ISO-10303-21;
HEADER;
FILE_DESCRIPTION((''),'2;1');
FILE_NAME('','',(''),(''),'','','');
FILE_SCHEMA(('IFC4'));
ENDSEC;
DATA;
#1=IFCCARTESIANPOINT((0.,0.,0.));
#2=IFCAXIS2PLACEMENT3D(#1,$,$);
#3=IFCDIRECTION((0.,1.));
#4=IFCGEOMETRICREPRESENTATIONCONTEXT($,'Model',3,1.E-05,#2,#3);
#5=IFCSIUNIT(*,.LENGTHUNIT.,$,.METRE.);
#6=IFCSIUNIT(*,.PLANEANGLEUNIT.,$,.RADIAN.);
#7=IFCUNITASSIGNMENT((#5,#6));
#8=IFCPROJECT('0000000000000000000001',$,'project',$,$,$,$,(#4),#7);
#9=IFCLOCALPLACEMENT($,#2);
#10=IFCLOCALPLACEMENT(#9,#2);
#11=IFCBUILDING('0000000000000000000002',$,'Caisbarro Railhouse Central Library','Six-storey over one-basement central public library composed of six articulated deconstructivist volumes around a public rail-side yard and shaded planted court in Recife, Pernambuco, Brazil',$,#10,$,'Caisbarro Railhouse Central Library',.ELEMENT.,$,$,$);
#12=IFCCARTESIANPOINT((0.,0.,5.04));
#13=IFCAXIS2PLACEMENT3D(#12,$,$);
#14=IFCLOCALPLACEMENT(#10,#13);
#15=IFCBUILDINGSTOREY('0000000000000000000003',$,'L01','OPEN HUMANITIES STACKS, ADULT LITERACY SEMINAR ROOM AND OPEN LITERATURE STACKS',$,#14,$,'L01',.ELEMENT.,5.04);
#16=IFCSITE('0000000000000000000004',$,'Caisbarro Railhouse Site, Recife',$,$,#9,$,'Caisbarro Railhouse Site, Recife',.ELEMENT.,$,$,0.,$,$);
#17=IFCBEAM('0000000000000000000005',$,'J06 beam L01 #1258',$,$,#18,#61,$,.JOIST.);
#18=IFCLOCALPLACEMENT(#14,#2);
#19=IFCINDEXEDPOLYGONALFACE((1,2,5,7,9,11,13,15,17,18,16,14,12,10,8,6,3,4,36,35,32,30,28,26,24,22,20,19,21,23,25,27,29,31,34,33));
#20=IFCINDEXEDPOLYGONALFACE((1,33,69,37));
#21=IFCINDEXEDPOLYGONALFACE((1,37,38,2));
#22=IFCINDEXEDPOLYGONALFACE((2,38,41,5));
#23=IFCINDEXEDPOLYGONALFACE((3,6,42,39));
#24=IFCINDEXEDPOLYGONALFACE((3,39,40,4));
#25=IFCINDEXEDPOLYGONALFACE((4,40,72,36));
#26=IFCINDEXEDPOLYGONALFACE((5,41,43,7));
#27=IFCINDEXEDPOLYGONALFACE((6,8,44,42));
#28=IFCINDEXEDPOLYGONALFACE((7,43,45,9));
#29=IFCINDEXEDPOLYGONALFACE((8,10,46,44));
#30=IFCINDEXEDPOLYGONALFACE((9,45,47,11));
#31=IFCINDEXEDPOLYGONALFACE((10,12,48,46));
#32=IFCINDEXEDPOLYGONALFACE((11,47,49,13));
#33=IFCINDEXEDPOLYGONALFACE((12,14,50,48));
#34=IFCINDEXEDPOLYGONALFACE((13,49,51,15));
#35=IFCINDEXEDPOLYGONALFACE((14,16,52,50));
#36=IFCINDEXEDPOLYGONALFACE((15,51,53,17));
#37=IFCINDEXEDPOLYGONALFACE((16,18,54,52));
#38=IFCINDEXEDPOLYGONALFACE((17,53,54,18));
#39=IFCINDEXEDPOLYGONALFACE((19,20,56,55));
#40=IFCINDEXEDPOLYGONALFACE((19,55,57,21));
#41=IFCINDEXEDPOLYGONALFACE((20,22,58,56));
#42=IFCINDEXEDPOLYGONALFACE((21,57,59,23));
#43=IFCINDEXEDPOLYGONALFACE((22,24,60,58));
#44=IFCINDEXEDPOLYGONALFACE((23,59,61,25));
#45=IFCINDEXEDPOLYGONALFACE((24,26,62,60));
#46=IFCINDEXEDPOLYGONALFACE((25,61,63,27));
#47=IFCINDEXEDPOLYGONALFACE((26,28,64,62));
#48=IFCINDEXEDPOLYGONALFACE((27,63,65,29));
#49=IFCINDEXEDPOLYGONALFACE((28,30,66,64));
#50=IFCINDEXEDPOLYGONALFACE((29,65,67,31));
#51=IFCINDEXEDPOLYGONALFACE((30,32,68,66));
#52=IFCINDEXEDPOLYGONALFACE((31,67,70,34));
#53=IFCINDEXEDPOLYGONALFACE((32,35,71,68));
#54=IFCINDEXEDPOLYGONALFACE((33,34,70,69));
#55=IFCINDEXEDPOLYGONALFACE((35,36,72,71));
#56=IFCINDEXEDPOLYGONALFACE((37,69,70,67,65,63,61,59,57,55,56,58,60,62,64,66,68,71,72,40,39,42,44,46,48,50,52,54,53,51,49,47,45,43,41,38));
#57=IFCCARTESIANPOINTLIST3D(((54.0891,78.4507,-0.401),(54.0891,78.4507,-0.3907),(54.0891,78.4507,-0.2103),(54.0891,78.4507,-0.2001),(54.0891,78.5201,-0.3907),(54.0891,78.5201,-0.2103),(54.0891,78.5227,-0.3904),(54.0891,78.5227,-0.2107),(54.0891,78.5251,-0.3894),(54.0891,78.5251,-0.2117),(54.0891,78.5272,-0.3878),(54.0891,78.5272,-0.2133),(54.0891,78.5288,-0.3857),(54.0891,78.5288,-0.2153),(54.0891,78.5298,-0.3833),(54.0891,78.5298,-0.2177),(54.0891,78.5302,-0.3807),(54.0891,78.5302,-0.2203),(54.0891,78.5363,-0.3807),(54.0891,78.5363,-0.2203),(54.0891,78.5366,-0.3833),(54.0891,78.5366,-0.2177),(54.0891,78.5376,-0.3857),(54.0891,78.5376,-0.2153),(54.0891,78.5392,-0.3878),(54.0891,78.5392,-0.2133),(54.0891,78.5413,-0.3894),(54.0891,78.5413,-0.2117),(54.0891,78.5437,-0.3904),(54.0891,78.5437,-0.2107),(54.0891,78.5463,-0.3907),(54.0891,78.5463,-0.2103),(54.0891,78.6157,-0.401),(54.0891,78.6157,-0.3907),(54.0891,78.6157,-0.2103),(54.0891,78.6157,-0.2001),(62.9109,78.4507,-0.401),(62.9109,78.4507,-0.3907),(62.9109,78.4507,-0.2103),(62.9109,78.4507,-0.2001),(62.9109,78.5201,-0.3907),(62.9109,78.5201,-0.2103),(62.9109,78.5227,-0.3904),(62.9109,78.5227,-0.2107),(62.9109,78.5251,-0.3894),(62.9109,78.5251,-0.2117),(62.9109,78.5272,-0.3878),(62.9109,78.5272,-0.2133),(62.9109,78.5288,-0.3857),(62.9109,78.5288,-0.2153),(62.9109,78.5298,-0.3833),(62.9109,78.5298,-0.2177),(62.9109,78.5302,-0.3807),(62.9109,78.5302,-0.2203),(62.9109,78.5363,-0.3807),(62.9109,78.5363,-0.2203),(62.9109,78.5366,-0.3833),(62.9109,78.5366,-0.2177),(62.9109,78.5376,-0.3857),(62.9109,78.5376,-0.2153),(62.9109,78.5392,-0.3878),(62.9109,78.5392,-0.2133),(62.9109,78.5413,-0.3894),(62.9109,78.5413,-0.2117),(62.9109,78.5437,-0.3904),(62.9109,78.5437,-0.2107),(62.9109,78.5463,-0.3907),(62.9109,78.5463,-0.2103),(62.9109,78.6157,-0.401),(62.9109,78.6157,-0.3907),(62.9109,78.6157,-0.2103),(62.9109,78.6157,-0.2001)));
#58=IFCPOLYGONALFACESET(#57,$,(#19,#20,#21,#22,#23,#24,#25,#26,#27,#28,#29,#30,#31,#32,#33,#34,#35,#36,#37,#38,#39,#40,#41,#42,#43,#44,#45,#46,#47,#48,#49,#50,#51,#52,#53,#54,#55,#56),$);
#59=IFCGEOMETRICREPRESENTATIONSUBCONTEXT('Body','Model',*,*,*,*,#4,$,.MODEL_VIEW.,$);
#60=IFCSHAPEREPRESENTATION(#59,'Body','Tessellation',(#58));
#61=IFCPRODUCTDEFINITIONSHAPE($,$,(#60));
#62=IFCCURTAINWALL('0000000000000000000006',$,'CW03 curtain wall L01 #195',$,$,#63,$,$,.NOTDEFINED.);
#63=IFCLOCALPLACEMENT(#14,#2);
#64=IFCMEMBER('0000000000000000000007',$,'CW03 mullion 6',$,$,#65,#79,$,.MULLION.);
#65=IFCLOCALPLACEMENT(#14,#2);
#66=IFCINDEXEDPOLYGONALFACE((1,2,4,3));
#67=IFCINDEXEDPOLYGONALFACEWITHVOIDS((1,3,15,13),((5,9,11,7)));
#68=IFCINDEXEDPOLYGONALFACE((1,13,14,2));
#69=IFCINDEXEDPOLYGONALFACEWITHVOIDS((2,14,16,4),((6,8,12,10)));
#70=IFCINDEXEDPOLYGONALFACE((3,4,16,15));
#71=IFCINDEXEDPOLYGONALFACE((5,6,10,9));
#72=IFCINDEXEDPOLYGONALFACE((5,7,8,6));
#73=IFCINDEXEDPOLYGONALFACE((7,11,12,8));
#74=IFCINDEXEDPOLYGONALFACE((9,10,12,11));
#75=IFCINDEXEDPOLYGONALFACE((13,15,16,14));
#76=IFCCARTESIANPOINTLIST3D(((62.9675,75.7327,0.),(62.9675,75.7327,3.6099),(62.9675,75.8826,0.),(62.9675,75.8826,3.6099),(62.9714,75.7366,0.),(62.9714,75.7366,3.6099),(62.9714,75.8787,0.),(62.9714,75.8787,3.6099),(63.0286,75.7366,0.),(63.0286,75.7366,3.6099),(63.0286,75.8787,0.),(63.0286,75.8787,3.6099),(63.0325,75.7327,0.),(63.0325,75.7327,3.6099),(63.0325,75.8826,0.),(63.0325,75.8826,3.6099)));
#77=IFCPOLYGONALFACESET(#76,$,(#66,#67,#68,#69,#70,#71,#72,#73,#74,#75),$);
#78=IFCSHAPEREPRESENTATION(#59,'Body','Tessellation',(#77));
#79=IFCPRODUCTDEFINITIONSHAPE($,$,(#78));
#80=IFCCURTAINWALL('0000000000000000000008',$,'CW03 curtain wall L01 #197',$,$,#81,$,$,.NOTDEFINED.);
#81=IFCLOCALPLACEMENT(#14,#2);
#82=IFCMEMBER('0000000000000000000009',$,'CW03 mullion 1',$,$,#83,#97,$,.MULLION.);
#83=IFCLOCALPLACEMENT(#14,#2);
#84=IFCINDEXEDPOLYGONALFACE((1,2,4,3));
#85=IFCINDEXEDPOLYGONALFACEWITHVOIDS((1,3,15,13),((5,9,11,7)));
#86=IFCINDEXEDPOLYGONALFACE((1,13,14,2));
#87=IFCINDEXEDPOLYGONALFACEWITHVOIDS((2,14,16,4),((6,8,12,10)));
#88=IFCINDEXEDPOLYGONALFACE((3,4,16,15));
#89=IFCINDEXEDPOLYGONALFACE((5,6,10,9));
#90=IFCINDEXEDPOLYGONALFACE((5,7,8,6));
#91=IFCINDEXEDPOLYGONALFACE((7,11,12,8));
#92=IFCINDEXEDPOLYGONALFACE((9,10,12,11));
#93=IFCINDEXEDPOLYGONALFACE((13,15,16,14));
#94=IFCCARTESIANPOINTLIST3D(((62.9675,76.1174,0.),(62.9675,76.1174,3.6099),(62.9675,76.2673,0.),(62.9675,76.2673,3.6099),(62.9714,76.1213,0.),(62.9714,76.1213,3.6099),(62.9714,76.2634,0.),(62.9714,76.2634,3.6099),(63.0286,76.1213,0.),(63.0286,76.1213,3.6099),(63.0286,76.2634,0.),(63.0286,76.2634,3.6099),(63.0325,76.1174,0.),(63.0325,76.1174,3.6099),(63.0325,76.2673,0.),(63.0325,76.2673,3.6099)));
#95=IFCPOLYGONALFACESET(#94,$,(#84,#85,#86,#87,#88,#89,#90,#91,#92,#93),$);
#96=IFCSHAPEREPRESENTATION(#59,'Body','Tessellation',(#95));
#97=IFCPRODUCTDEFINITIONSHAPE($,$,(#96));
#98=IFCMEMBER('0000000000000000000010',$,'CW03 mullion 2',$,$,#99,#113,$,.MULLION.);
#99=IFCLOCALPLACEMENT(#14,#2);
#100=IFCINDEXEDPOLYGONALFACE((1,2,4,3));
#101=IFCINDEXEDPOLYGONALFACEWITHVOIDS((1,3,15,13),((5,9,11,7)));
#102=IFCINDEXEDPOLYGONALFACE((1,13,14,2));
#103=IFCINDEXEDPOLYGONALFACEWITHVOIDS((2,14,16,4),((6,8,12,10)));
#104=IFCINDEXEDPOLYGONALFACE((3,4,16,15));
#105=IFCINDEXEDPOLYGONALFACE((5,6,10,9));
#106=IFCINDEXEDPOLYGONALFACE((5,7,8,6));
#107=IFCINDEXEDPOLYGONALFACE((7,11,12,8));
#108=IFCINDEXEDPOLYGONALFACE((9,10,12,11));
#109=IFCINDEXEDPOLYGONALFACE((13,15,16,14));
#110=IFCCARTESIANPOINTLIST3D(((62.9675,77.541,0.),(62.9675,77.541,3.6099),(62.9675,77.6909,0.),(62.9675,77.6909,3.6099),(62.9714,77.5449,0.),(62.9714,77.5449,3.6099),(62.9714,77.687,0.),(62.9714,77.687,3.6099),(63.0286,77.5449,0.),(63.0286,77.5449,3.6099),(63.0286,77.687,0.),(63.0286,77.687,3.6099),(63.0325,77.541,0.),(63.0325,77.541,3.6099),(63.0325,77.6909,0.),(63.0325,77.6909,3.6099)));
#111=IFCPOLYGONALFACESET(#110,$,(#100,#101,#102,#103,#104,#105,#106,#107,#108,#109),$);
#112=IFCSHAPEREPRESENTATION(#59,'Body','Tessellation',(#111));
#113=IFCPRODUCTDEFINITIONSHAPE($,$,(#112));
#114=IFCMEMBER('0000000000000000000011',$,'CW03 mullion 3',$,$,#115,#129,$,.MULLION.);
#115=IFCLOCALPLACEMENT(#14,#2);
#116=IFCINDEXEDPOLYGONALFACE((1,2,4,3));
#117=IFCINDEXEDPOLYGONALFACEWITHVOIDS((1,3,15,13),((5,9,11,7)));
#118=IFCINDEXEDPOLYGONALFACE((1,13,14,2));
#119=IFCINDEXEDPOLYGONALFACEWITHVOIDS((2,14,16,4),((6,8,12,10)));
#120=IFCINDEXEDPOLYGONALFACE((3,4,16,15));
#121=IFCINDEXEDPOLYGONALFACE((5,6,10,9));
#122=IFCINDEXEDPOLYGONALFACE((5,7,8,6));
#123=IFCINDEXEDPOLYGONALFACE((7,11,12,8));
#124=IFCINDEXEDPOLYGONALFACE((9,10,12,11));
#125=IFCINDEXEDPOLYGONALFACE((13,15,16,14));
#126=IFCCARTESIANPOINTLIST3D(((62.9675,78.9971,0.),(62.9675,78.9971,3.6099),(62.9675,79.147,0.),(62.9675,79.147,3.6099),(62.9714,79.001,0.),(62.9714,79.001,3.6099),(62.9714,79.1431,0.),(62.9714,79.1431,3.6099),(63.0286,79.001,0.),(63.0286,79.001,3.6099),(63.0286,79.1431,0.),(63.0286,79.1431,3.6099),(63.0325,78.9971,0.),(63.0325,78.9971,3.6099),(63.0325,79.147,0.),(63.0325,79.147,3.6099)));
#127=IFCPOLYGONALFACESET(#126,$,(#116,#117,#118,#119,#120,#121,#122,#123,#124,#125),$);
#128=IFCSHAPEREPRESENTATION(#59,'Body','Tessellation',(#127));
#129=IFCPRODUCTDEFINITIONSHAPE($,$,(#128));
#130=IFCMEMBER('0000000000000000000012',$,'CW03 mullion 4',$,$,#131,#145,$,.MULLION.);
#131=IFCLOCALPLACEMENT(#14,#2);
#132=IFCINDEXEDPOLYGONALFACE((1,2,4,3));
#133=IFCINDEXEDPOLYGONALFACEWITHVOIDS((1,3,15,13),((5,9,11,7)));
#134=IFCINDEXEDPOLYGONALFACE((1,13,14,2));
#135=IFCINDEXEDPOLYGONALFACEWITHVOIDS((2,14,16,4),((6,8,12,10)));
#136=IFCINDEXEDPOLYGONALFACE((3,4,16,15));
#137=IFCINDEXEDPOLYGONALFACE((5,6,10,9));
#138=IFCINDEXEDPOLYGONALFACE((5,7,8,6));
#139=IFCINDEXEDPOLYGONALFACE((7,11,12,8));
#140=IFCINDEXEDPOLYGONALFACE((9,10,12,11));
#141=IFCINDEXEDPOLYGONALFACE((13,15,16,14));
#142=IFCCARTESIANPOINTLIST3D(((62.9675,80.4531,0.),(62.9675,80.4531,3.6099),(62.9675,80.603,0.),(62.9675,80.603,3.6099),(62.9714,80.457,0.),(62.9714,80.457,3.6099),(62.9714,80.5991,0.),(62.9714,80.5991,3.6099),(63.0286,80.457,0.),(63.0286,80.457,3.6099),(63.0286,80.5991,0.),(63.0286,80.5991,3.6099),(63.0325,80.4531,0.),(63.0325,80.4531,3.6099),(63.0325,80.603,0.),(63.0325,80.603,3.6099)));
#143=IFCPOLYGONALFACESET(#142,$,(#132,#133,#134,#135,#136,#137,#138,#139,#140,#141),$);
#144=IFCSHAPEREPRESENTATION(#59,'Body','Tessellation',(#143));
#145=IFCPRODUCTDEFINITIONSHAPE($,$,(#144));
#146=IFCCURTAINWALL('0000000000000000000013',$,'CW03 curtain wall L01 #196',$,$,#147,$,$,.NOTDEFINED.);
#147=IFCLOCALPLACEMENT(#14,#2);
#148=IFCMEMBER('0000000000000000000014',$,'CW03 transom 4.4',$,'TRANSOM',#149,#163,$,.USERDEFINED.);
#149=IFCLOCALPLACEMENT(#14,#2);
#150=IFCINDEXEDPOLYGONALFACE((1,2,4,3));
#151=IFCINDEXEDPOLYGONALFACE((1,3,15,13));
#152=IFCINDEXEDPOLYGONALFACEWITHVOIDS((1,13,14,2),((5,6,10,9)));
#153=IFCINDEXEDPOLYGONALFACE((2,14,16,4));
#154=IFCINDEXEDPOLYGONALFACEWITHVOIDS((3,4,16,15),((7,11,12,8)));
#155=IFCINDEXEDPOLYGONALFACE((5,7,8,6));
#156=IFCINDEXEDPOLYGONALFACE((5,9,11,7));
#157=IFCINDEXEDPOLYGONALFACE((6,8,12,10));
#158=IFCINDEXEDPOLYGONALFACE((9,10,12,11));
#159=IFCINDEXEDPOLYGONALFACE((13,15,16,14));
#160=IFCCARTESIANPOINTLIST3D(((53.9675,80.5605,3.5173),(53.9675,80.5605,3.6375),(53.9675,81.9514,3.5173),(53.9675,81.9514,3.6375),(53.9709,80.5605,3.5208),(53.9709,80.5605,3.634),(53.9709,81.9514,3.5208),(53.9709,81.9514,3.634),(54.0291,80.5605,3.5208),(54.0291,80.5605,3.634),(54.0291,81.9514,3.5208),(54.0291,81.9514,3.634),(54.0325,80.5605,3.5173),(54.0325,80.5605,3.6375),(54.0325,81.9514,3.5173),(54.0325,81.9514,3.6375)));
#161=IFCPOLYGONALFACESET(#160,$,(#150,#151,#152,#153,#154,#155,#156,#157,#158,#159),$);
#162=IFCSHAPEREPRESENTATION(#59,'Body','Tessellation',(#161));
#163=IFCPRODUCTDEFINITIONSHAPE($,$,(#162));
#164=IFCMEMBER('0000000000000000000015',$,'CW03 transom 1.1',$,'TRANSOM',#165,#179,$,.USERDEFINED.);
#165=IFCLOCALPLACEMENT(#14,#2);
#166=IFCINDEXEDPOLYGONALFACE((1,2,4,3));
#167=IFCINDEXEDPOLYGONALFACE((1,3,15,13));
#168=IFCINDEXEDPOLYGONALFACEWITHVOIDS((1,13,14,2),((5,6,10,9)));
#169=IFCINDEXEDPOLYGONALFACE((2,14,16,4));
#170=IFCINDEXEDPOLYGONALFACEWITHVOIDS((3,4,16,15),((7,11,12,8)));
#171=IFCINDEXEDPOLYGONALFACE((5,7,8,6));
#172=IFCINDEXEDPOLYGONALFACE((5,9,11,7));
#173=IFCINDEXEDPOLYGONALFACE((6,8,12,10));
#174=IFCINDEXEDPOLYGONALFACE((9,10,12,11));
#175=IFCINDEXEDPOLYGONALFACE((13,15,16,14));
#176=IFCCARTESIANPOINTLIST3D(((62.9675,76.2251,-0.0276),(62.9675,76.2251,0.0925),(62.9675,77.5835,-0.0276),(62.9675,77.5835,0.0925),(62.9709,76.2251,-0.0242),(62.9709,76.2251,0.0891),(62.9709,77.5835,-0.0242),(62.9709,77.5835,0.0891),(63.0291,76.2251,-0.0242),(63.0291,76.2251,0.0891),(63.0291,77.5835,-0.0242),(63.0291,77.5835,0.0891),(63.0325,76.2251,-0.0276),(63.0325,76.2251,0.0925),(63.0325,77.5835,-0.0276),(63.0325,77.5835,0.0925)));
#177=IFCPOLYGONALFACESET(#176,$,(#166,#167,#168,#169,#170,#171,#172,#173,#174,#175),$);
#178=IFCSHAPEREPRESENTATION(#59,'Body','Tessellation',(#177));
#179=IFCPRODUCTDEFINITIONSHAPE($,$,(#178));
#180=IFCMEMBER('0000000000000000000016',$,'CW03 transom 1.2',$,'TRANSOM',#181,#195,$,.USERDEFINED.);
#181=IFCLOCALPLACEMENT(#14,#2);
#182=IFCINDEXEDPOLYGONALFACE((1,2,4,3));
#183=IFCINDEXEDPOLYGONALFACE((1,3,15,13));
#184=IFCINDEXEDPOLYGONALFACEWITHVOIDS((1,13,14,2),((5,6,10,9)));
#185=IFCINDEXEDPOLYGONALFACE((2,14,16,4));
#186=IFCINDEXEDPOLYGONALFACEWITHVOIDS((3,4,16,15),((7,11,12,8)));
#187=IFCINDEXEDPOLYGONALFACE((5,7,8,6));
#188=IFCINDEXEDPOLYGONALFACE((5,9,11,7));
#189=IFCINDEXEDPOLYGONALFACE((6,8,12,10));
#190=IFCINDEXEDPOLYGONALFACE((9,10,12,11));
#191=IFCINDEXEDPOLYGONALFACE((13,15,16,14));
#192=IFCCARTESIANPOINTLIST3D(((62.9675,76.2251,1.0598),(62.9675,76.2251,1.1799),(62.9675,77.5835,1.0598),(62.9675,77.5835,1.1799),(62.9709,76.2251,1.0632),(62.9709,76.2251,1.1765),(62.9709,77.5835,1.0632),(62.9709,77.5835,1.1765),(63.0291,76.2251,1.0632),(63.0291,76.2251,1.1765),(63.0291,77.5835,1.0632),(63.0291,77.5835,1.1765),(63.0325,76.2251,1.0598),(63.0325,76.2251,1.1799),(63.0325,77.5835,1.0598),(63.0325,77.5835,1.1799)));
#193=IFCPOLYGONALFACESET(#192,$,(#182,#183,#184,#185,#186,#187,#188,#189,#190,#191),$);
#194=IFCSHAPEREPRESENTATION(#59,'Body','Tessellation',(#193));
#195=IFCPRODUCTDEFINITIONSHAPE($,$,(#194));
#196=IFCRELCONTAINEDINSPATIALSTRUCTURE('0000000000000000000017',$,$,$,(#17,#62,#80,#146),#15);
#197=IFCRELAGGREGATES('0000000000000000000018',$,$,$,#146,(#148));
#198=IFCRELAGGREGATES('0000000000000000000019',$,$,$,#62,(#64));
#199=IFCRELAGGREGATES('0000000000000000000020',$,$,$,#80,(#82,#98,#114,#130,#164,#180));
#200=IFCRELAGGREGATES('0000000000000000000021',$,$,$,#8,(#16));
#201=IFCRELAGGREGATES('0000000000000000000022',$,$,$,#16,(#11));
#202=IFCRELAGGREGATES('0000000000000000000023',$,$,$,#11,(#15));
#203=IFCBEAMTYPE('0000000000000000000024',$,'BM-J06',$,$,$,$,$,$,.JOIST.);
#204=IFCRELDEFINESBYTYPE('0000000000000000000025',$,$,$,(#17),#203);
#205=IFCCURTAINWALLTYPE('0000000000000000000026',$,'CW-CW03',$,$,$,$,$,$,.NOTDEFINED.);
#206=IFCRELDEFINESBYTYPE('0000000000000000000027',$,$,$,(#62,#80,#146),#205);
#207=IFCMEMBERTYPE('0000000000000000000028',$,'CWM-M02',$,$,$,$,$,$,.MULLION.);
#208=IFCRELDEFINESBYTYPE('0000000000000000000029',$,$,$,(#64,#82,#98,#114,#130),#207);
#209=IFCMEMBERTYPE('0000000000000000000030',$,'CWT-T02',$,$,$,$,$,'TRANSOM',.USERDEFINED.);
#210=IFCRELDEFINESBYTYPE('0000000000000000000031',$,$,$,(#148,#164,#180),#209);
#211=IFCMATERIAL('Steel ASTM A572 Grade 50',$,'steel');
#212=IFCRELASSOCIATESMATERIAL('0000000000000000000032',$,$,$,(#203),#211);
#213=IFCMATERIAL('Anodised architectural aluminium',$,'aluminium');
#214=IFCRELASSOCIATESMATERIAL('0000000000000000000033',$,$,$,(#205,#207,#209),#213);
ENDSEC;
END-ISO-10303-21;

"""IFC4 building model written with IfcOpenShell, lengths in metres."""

from ifc_helpers import new_model, si_unit, direction, frame, origin, origin_2d, place, context, subcontext, project, spatial, hollow_rectangle, i_section, extrude, material, material_profile, profile_set, type_object, element, aggregate, save


model = new_model("IFC4")

# Units and contexts
model_context = context("Model", 3, precision=1e-05, world=origin(), true_north=direction((0.0, 1.0)))
body_context = subcontext(model_context, "Body", "Model", "MODEL_VIEW")
ifc_project = project(units=[si_unit("LENGTHUNIT", "METRE"), si_unit("PLANEANGLEUNIT", "RADIAN")], contexts=[model_context])

# Site, building, storey
site_placement = place(None, origin())
site = spatial("IfcSite", under=ifc_project, at=site_placement, Name="Caisbarro Railhouse Site, Recife", LongName="Caisbarro Railhouse Site, Recife", CompositionType="ELEMENT", RefElevation=0.0)
building_placement = place(site_placement, origin())
building = spatial("IfcBuilding", under=site, at=building_placement, Name="Caisbarro Railhouse Central Library", Description="Six-storey over one-basement central public library composed of six articulated deconstructivist volumes around a public rail-side yard and shaded planted court in Recife, Pernambuco, Brazil", LongName="Caisbarro Railhouse Central Library", CompositionType="ELEMENT")
storey_placement = place(building_placement, frame((0.0, 0.0, 5.04)))
storey = spatial("IfcBuildingStorey", under=building, at=storey_placement, Name="L01", Description="OPEN HUMANITIES STACKS, ADULT LITERACY SEMINAR ROOM AND OPEN LITERATURE STACKS", LongName="L01", CompositionType="ELEMENT", Elevation=5.04)

# Shared definitions
ifc_material_1 = material(Name="Steel ASTM A572 Grade 50", Category="steel")

# Beam
ifc_material_profile_1 = material_profile(ifc_material_1, i_section(OverallWidth=0.165, OverallDepth=0.2009, WebThickness=0.0061, FlangeThickness=0.0103, FilletRadius=0.01, at=origin_2d()), Name="W200X35.9")
ifc_profile_set_1 = profile_set([ifc_material_profile_1], Name="Steel ASTM A572 Grade 50")
beam_type_1 = type_object("IfcBeamType", Name="BM-J06", PredefinedType="JOIST", material=ifc_profile_set_1)
beam_1_placement = place(storey_placement, frame((54.0891, 78.5332, -0.3005), z_axis=(1.0, 0.0, 0.0), x_axis=(0.0, 1.0, 0.0)))
element("IfcBeam", 1, at=beam_1_placement, inside=storey, type_object=beam_type_1, Name="J06 beam L01 #1258", PredefinedType="JOIST", context=body_context, shape_type="SweptSolid", body=[
    extrude(i_section(OverallWidth=0.165, OverallDepth=0.2009, WebThickness=0.0061, FlangeThickness=0.0103, FilletRadius=0.01, at=origin_2d()), origin(), (0.0, 0.0, 1.0), 8.8218),
])

# Curtain wall, member
ifc_material_2 = material(Name="Anodised architectural aluminium", Category="aluminium")
curtain_wall_type = type_object("IfcCurtainWallType", Name="CW-CW03", PredefinedType="NOTDEFINED", material=ifc_material_2)
curtain_wall_1_placement = place(storey_placement, origin())
curtain_wall_1 = element("IfcCurtainWall", 2, at=curtain_wall_1_placement, inside=storey, type_object=curtain_wall_type, Name="CW03 curtain wall L01 #195", PredefinedType="NOTDEFINED")
ifc_material_profile_2 = material_profile(ifc_material_2, hollow_rectangle(XDim=0.0649, YDim=0.1499, WallThickness=0.0039, at=origin_2d()), Name="ALU-MUL-65X150")
ifc_profile_set_2 = profile_set([ifc_material_profile_2], Name="Anodised architectural aluminium")
member_type_1 = type_object("IfcMemberType", Name="CWM-M02", PredefinedType="MULLION", material=ifc_profile_set_2)
member_1_placement = place(storey_placement, frame((63.0, 75.8076, 0.0), z_axis=(0.0, 0.0, 1.0), x_axis=(-1.0, 0.0, 0.0)))
member_1 = element("IfcMember", 3, at=member_1_placement, type_object=member_type_1, Name="CW03 mullion 6", PredefinedType="MULLION", context=body_context, shape_type="SweptSolid", body=[
    extrude(hollow_rectangle(XDim=0.0649, YDim=0.1499, WallThickness=0.0039, at=origin_2d()), origin(), (0.0, 0.0, 1.0), 3.6099),
])

# Curtain wall, members
curtain_wall_2_placement = place(storey_placement, origin())
curtain_wall_2 = element("IfcCurtainWall", 4, at=curtain_wall_2_placement, inside=storey, type_object=curtain_wall_type, Name="CW03 curtain wall L01 #197", PredefinedType="NOTDEFINED")
member_2_placement = place(storey_placement, frame((63.0, 76.1924, 0.0), z_axis=(0.0, 0.0, 1.0), x_axis=(-1.0, 0.0, 0.0)))
member_2 = element("IfcMember", 5, at=member_2_placement, type_object=member_type_1, Name="CW03 mullion 1", PredefinedType="MULLION", context=body_context, shape_type="SweptSolid", body=[
    extrude(hollow_rectangle(XDim=0.0649, YDim=0.1499, WallThickness=0.0039, at=origin_2d()), origin(), (0.0, 0.0, 1.0), 3.6099),
])
member_3_placement = place(storey_placement, frame((63.0, 77.616, 0.0), z_axis=(0.0, 0.0, 1.0), x_axis=(-1.0, 0.0, 0.0)))
member_3 = element("IfcMember", 6, at=member_3_placement, type_object=member_type_1, Name="CW03 mullion 2", PredefinedType="MULLION", context=body_context, shape_type="SweptSolid", body=[
    extrude(hollow_rectangle(XDim=0.0649, YDim=0.1499, WallThickness=0.0039, at=origin_2d()), origin(), (0.0, 0.0, 1.0), 3.6099),
])
member_4_placement = place(storey_placement, frame((63.0, 79.072, 0.0), z_axis=(0.0, 0.0, 1.0), x_axis=(-1.0, 0.0, 0.0)))
member_4 = element("IfcMember", 7, at=member_4_placement, type_object=member_type_1, Name="CW03 mullion 3", PredefinedType="MULLION", context=body_context, shape_type="SweptSolid", body=[
    extrude(hollow_rectangle(XDim=0.0649, YDim=0.1499, WallThickness=0.0039, at=origin_2d()), origin(), (0.0, 0.0, 1.0), 3.6099),
])
member_5_placement = place(storey_placement, frame((63.0, 80.5281, 0.0), z_axis=(0.0, 0.0, 1.0), x_axis=(-1.0, 0.0, 0.0)))
member_5 = element("IfcMember", 8, at=member_5_placement, type_object=member_type_1, Name="CW03 mullion 4", PredefinedType="MULLION", context=body_context, shape_type="SweptSolid", body=[
    extrude(hollow_rectangle(XDim=0.0649, YDim=0.1499, WallThickness=0.0039, at=origin_2d()), origin(), (0.0, 0.0, 1.0), 3.6099),
])

# Curtain wall, member
curtain_wall_3_placement = place(storey_placement, origin())
curtain_wall_3 = element("IfcCurtainWall", 9, at=curtain_wall_3_placement, inside=storey, type_object=curtain_wall_type, Name="CW03 curtain wall L01 #196", PredefinedType="NOTDEFINED")
ifc_material_profile_3 = material_profile(ifc_material_2, hollow_rectangle(XDim=0.0649, YDim=0.1201, WallThickness=0.0034, at=origin_2d()), Name="ALU-TRN-65X120")
ifc_profile_set_3 = profile_set([ifc_material_profile_3], Name="Anodised architectural aluminium")
member_type_2 = type_object("IfcMemberType", Name="CWT-T02", ElementType="TRANSOM", PredefinedType="USERDEFINED", material=ifc_profile_set_3)
member_6_placement = place(storey_placement, frame((54.0, 80.5605, 3.5774), z_axis=(0.0, 1.0, 0.0), x_axis=(-1.0, 0.0, 0.0)))
member_6 = element("IfcMember", 10, at=member_6_placement, type_object=member_type_2, Name="CW03 transom 4.4", ObjectType="TRANSOM", PredefinedType="USERDEFINED", context=body_context, shape_type="SweptSolid", body=[
    extrude(hollow_rectangle(XDim=0.0649, YDim=0.1201, WallThickness=0.0034, at=origin_2d()), origin(), (0.0, 0.0, 1.0), 1.3909),
])
aggregate(curtain_wall_3, [member_6])

# Members
member_7_placement = place(storey_placement, frame((63.0, 76.2251, 0.0325), z_axis=(0.0, 1.0, 0.0), x_axis=(-1.0, 0.0, 0.0)))
member_7 = element("IfcMember", 11, at=member_7_placement, type_object=member_type_2, Name="CW03 transom 1.1", ObjectType="TRANSOM", PredefinedType="USERDEFINED", context=body_context, shape_type="SweptSolid", body=[
    extrude(hollow_rectangle(XDim=0.0649, YDim=0.1201, WallThickness=0.0034, at=origin_2d()), origin(), (0.0, 0.0, 1.0), 1.3584),
])
member_8_placement = place(storey_placement, frame((63.0, 76.2251, 1.1199), z_axis=(0.0, 1.0, 0.0), x_axis=(-1.0, 0.0, 0.0)))
member_8 = element("IfcMember", 12, at=member_8_placement, type_object=member_type_2, Name="CW03 transom 1.2", ObjectType="TRANSOM", PredefinedType="USERDEFINED", context=body_context, shape_type="SweptSolid", body=[
    extrude(hollow_rectangle(XDim=0.0649, YDim=0.1201, WallThickness=0.0034, at=origin_2d()), origin(), (0.0, 0.0, 1.0), 1.3584),
])

aggregate(curtain_wall_1, [member_1])
aggregate(curtain_wall_2, [member_2, member_3, member_4, member_5, member_7, member_8])

save(model, "model.ifc")
